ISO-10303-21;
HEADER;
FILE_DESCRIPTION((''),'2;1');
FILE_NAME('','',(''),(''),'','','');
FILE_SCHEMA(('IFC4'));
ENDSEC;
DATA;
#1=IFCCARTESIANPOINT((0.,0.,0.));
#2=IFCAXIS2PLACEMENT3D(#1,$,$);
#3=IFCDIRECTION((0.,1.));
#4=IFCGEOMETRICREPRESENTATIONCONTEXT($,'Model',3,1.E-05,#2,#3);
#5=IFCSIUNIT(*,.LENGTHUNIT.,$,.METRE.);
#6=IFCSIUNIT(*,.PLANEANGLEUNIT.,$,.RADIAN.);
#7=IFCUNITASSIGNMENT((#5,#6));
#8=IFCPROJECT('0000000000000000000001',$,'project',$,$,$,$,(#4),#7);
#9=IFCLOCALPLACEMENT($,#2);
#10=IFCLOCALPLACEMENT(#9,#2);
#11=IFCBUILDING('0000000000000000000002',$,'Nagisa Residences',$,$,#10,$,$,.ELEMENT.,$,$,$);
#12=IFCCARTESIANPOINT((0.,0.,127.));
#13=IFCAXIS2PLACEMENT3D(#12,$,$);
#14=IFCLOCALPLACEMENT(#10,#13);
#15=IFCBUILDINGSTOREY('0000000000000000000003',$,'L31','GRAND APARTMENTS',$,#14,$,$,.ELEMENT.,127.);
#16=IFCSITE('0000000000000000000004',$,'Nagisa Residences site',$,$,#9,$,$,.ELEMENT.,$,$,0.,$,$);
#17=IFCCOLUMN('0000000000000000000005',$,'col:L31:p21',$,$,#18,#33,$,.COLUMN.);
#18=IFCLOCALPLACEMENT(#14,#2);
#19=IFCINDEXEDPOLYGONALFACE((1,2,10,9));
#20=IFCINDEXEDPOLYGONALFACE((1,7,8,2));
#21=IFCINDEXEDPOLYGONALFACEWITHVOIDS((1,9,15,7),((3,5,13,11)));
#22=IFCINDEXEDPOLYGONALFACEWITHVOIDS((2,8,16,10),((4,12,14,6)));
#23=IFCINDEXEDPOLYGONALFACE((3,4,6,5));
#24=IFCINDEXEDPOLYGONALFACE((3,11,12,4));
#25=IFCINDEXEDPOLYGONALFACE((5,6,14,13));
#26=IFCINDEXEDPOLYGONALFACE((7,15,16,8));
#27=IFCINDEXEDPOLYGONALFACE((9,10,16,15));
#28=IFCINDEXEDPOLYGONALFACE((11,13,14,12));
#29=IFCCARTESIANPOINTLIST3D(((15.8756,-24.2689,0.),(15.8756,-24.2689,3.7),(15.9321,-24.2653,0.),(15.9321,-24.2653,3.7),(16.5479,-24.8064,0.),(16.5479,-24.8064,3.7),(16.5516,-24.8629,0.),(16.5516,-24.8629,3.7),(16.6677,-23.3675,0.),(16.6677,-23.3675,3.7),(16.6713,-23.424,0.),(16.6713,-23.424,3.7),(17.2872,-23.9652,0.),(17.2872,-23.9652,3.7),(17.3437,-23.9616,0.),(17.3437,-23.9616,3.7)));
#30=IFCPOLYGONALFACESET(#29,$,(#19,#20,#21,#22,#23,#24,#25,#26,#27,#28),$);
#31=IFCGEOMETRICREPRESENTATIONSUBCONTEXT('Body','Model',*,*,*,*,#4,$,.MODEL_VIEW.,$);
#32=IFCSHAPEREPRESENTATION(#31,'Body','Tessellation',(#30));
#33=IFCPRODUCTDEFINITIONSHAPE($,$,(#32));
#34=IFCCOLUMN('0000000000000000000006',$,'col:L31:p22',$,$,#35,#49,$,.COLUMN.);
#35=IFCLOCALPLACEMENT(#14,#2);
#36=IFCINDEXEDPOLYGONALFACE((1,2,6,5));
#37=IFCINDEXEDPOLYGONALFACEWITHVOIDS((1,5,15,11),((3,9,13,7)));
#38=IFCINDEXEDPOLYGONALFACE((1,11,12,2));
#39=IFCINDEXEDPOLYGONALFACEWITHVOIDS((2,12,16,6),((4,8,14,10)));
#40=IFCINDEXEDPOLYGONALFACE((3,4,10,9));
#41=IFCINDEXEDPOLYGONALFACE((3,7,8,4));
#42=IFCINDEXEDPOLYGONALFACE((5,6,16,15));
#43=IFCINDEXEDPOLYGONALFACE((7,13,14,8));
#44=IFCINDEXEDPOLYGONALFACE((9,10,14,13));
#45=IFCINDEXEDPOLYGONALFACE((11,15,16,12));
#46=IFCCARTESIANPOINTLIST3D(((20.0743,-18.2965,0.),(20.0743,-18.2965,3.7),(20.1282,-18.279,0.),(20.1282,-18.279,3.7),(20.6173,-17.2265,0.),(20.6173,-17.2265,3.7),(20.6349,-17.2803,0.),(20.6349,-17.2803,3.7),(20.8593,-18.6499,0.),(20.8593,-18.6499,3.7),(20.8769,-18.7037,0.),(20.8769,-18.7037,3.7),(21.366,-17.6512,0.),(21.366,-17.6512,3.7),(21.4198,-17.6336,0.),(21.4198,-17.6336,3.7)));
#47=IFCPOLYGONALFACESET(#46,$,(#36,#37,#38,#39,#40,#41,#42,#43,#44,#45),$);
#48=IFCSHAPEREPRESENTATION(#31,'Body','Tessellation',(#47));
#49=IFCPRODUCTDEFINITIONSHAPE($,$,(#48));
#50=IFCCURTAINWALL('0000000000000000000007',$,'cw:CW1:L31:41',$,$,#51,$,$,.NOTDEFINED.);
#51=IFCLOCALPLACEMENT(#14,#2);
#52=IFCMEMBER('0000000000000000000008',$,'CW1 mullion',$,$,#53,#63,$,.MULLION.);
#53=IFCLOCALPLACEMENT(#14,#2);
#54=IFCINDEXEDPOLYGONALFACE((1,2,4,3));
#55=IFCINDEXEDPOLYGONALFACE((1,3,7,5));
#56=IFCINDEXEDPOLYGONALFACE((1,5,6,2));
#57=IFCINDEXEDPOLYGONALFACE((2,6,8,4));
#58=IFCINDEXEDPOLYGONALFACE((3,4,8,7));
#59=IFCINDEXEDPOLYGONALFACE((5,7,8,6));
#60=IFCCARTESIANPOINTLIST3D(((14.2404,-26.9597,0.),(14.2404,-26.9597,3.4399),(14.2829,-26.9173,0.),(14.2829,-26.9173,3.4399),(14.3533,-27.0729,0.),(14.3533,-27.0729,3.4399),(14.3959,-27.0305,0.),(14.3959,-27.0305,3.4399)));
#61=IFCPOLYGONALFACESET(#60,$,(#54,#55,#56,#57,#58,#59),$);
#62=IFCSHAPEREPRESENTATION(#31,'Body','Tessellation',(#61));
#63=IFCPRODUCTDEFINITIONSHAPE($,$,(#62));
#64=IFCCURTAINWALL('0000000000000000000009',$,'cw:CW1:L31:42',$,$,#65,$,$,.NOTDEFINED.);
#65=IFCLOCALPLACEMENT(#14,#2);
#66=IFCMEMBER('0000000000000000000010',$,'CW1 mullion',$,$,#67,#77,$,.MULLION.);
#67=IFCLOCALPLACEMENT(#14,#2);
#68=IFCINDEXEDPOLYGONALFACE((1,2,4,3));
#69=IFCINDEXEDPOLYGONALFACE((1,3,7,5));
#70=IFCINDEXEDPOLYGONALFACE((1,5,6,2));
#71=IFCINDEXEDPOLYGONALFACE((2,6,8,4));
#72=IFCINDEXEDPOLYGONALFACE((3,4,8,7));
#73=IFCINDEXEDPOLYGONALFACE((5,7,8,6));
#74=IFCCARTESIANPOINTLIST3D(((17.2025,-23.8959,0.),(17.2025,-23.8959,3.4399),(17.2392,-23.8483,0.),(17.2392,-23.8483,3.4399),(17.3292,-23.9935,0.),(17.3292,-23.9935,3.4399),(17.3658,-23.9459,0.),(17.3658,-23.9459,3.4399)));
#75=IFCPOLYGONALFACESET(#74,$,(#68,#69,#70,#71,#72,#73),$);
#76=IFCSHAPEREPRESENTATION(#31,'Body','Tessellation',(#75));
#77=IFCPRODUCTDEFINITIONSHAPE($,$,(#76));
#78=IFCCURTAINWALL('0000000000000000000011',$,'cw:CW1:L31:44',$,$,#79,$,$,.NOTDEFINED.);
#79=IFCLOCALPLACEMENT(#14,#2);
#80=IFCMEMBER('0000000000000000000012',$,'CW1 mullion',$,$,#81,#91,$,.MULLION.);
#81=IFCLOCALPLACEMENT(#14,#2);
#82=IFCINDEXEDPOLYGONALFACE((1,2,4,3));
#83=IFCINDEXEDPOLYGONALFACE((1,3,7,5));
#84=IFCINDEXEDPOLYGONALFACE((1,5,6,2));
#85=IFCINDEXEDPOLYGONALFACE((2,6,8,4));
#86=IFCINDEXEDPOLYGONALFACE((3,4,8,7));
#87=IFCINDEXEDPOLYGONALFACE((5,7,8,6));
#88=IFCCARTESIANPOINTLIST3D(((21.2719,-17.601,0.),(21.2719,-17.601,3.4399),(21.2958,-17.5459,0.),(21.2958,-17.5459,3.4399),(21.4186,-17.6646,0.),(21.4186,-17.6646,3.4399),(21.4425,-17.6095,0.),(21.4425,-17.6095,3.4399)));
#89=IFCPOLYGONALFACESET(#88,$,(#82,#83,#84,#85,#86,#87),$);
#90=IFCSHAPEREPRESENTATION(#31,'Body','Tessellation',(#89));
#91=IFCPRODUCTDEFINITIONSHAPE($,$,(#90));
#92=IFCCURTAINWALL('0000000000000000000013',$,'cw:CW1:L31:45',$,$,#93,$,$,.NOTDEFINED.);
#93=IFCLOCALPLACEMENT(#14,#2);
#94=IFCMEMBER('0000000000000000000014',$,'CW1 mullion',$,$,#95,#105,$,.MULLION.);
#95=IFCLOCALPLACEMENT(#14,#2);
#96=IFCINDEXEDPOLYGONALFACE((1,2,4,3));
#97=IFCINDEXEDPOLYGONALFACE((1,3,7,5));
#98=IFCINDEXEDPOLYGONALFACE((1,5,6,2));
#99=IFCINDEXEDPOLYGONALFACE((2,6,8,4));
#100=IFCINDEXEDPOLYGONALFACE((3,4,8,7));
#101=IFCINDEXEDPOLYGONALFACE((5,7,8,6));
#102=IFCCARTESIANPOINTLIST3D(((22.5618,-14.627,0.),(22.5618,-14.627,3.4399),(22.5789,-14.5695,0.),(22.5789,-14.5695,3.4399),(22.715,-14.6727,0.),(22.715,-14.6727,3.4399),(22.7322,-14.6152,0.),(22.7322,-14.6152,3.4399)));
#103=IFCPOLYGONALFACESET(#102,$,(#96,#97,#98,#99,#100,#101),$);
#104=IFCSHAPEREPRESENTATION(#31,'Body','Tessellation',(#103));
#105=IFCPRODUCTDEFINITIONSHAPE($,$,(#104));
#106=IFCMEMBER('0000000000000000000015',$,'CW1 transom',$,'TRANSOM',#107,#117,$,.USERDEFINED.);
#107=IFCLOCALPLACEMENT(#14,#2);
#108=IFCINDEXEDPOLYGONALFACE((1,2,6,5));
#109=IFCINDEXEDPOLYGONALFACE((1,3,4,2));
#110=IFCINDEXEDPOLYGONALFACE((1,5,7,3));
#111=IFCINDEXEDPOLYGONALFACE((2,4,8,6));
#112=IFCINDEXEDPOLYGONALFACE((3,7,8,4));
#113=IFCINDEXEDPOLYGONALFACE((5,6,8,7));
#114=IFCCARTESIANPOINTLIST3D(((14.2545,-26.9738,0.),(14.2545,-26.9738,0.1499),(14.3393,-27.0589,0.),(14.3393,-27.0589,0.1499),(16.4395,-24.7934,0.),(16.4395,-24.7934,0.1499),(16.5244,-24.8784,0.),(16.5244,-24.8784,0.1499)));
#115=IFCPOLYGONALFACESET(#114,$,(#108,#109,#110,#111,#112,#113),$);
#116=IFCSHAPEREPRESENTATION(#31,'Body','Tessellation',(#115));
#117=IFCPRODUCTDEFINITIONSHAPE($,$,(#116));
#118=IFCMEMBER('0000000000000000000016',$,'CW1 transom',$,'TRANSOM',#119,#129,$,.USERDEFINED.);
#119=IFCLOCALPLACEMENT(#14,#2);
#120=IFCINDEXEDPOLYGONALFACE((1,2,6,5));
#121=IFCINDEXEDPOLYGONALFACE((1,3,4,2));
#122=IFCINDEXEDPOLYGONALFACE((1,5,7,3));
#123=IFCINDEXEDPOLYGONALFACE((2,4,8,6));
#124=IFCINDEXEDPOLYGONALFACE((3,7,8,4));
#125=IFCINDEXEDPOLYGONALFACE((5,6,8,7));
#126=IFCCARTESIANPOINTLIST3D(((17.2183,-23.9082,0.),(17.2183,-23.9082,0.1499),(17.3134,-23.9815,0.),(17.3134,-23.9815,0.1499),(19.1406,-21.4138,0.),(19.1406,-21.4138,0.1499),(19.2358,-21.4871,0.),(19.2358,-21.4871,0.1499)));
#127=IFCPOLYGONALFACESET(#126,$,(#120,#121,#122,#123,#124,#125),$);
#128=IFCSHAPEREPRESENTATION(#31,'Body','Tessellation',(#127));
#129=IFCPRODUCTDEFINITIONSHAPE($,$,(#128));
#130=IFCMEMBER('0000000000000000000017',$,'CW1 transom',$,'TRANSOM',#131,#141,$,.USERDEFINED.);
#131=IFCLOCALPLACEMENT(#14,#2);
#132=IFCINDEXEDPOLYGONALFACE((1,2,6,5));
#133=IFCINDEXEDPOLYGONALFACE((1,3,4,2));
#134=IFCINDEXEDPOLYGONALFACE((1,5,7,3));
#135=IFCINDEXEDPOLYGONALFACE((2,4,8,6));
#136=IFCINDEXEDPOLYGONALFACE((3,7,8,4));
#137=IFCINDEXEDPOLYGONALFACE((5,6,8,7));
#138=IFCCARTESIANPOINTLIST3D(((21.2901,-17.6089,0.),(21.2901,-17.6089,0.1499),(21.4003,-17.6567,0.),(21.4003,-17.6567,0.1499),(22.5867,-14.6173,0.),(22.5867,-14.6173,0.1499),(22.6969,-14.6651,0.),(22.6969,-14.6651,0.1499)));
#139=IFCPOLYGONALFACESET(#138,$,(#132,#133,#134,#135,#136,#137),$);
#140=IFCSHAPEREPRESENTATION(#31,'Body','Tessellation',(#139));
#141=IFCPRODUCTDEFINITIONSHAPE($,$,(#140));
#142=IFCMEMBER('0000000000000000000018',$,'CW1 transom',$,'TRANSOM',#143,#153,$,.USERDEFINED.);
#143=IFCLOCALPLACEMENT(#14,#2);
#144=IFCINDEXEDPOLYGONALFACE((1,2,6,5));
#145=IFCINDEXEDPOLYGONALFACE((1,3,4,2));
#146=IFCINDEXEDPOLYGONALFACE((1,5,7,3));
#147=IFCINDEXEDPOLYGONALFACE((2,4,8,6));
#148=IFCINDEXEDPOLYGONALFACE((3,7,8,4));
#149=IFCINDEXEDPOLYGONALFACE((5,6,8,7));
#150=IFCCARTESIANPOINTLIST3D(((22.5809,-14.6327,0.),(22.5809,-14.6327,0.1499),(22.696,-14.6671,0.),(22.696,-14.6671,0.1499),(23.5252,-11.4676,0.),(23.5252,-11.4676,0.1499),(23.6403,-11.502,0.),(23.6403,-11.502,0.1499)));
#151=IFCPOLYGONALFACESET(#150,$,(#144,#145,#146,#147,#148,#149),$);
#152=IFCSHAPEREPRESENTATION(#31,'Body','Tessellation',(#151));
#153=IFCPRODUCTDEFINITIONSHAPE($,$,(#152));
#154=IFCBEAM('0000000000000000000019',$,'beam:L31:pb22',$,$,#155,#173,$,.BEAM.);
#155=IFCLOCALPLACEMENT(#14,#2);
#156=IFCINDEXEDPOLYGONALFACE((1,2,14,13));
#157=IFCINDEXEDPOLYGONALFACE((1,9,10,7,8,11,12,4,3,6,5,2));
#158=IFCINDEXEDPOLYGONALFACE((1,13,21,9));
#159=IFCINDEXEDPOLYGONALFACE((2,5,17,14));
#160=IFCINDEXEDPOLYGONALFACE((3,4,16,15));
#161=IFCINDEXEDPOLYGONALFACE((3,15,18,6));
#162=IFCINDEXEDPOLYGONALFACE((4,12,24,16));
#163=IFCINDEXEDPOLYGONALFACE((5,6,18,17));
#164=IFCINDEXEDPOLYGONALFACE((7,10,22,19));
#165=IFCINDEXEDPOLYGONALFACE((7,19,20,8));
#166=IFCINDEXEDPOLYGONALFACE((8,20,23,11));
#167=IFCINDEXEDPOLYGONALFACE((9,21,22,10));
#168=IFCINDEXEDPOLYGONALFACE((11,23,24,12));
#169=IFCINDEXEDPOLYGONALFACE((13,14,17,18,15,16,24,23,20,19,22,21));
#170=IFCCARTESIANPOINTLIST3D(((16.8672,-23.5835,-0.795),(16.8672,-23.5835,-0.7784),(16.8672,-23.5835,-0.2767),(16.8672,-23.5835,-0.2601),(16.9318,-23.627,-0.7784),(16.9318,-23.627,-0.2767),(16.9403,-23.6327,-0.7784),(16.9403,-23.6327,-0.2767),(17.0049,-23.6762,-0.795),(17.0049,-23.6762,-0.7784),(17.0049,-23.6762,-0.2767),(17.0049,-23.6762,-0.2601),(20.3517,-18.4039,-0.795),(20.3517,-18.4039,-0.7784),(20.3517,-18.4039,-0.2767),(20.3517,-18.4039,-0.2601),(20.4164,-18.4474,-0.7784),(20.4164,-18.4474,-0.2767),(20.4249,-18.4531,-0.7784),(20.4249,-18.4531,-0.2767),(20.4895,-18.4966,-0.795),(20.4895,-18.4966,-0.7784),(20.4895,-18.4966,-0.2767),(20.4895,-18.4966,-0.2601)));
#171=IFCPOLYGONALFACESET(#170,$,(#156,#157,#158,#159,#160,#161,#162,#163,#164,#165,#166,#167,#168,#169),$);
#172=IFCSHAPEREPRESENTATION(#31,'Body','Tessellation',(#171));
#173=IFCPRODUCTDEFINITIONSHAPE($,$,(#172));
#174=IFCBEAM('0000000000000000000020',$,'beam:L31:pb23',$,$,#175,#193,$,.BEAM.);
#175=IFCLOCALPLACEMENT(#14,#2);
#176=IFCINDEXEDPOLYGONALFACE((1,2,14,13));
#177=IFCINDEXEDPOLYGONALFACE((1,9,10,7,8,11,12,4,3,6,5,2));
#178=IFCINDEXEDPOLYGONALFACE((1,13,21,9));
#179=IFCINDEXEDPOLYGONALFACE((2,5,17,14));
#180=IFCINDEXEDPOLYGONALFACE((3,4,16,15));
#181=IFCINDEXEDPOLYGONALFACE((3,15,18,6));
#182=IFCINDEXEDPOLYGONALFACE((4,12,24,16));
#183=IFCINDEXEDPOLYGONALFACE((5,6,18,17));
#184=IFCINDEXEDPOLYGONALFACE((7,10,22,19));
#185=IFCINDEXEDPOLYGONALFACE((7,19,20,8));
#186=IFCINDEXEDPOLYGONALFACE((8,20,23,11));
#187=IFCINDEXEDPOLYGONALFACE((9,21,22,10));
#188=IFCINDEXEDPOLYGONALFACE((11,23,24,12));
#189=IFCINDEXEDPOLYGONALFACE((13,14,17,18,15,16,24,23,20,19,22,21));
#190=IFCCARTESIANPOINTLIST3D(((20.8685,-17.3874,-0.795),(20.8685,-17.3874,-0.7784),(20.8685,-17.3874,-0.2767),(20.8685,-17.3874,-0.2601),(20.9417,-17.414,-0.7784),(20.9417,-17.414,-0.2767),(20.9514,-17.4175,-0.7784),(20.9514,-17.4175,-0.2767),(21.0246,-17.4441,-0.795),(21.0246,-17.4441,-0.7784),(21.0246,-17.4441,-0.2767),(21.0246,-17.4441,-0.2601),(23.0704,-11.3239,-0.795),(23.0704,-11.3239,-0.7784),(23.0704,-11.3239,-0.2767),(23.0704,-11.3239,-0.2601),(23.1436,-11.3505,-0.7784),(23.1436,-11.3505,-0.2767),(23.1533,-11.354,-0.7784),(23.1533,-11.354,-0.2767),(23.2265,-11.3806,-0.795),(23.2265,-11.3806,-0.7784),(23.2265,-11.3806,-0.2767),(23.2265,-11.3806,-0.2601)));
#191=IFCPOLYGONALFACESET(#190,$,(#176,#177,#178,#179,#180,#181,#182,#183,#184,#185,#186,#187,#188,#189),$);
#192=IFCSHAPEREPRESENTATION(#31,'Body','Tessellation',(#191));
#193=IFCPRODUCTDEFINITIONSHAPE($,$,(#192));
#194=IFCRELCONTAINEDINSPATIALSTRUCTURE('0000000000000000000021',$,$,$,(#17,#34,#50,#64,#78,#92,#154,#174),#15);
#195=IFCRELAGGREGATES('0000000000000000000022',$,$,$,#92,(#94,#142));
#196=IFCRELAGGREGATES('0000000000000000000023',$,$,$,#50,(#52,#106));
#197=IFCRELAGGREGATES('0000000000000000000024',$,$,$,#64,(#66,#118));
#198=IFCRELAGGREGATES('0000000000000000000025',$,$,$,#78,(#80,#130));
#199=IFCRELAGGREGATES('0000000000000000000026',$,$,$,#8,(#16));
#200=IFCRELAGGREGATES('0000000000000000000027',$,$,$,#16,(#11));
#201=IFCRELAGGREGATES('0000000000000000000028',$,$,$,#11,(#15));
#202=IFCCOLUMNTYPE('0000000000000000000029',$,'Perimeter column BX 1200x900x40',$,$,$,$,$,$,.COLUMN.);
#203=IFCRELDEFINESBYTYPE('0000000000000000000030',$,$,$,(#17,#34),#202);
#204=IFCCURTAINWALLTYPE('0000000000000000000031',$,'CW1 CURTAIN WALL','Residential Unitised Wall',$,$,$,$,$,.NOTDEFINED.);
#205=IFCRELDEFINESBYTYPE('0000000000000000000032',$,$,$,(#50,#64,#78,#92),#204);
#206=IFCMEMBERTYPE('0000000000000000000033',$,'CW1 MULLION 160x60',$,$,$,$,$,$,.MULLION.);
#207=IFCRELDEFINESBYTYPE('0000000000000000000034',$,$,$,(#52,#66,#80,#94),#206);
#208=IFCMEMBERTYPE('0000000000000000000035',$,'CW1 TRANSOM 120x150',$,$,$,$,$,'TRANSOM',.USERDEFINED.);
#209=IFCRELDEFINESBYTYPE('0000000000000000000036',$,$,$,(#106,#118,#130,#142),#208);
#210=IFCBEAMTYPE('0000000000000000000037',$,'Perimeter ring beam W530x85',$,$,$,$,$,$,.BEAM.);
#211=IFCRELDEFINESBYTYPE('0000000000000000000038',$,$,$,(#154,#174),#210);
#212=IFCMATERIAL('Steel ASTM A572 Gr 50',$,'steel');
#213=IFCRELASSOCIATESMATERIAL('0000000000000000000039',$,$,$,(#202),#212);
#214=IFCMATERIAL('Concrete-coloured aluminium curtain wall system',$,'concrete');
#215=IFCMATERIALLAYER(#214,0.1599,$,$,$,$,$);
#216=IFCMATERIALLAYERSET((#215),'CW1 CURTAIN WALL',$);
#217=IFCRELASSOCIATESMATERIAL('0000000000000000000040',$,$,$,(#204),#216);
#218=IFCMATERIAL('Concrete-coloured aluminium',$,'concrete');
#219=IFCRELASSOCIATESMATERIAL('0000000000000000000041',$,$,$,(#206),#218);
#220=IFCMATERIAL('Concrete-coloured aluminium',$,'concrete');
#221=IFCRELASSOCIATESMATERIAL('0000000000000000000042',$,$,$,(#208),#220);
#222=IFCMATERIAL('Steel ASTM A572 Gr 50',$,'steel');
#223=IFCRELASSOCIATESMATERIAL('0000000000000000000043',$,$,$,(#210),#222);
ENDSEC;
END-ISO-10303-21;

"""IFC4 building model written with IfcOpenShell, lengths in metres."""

from ifc_helpers import new_model, si_unit, direction, frame, origin, origin_2d, place, context, subcontext, project, spatial, rectangle, hollow_rectangle, i_section, extrude, material, layer, layer_set, material_profile, profile_set, type_object, element, aggregate, save


model = new_model("IFC4")

# Units and contexts
model_context = context("Model", 3, precision=1e-05, world=origin(), true_north=direction((0.0, 1.0)))
body_context = subcontext(model_context, "Body", "Model", "MODEL_VIEW")
ifc_project = project(units=[si_unit("LENGTHUNIT", "METRE"), si_unit("PLANEANGLEUNIT", "RADIAN")], contexts=[model_context])

# Site, building, storey
site_placement = place(None, origin())
site = spatial("IfcSite", under=ifc_project, at=site_placement, Name="Nagisa Residences site", CompositionType="ELEMENT", RefElevation=0.0)
building_placement = place(site_placement, origin())
building = spatial("IfcBuilding", under=site, at=building_placement, Name="Nagisa Residences", CompositionType="ELEMENT")
storey_placement = place(building_placement, frame((0.0, 0.0, 127.0)))
storey = spatial("IfcBuildingStorey", under=building, at=storey_placement, Name="L31", Description="GRAND APARTMENTS", CompositionType="ELEMENT", Elevation=127.0)

# Columns
ifc_material_1 = material(Name="Steel ASTM A572 Gr 50", Category="steel")
ifc_material_profile_1 = material_profile(ifc_material_1, hollow_rectangle(XDim=1.2, YDim=0.8999, WallThickness=0.04, at=origin_2d()), Name="BX 1200x900x40")
ifc_profile_set_1 = profile_set([ifc_material_profile_1], Name="Steel ASTM A572 Gr 50")
column_type = type_object("IfcColumnType", Name="Perimeter column BX 1200x900x40", PredefinedType="COLUMN", material=ifc_profile_set_1)
for number, where, z_axis, x_axis, name in (
    (1, (16.6096, -24.1152, 0.0), (0.0, 0.0, 1.0), (0.660115, 0.751165, 0.0), "col:L31:p21"),
    (2, (20.7471, -17.9651, 0.0), (0.0, 0.0, 1.0), (0.452463, 0.891783, 0.0), "col:L31:p22"),
):
    element("IfcColumn", number, at=place(storey_placement, frame(where, z_axis=z_axis, x_axis=x_axis)), inside=storey, type_object=column_type, Name=name, PredefinedType="COLUMN", context=body_context, shape_type="SweptSolid", body=[
        extrude(hollow_rectangle(XDim=1.2, YDim=0.8999, WallThickness=0.04, at=origin_2d()), origin(), (0.0, 0.0, 1.0), 3.7),
    ])

# Curtain walls, members
ifc_material_2 = material(Name="Concrete-coloured aluminium curtain wall system", Category="concrete")
ifc_layer_1 = layer(ifc_material_2, 0.1599)
ifc_layer_set_1 = layer_set([ifc_layer_1], Name="CW1 CURTAIN WALL")
curtain_wall_type = type_object("IfcCurtainWallType", Name="CW1 CURTAIN WALL", Description="Residential Unitised Wall", PredefinedType="NOTDEFINED", material=ifc_layer_set_1)
curtain_wall_1_placement = place(storey_placement, origin())
curtain_wall_1 = element("IfcCurtainWall", 3, at=curtain_wall_1_placement, inside=storey, type_object=curtain_wall_type, Name="cw:CW1:L31:41", PredefinedType="NOTDEFINED")
ifc_material_3 = material(Name="Concrete-coloured aluminium", Category="concrete")
ifc_material_profile_2 = material_profile(ifc_material_3, rectangle(XDim=0.1599, YDim=0.0601, at=origin_2d()), Name="CW1 MULLION 160x60")
ifc_profile_set_2 = profile_set([ifc_material_profile_2], Name="Concrete-coloured aluminium")
member_type_1 = type_object("IfcMemberType", Name="CW1 MULLION 160x60", PredefinedType="MULLION", material=ifc_profile_set_2)
member_1_placement = place(storey_placement, frame((14.3181, -26.9951, 0.0), z_axis=(0.0, 0.0, 1.0), x_axis=(-0.706377, 0.707836, 0.0)))
member_1 = element("IfcMember", 4, at=member_1_placement, type_object=member_type_1, Name="CW1 mullion", PredefinedType="MULLION", context=body_context, shape_type="SweptSolid", body=[
    extrude(rectangle(XDim=0.1599, YDim=0.0601, at=origin_2d()), origin(), (0.0, 0.0, 1.0), 3.4399),
])
curtain_wall_2_placement = place(storey_placement, origin())
curtain_wall_2 = element("IfcCurtainWall", 5, at=curtain_wall_2_placement, inside=storey, type_object=curtain_wall_type, Name="cw:CW1:L31:42", PredefinedType="NOTDEFINED")
member_2_placement = place(storey_placement, frame((17.2842, -23.9209, 0.0), z_axis=(0.0, 0.0, 1.0), x_axis=(-0.79207, 0.61043, 0.0)))
member_2 = element("IfcMember", 6, at=member_2_placement, type_object=member_type_1, Name="CW1 mullion", PredefinedType="MULLION", context=body_context, shape_type="SweptSolid", body=[
    extrude(rectangle(XDim=0.1599, YDim=0.0601, at=origin_2d()), origin(), (0.0, 0.0, 1.0), 3.4399),
])
curtain_wall_3_placement = place(storey_placement, origin())
curtain_wall_3 = element("IfcCurtainWall", 7, at=curtain_wall_3_placement, inside=storey, type_object=curtain_wall_type, Name="cw:CW1:L31:44", PredefinedType="NOTDEFINED")
member_3_placement = place(storey_placement, frame((21.3572, -17.6052, 0.0), z_axis=(0.0, 0.0, 1.0), x_axis=(-0.917543, 0.397636, 0.0)))
member_3 = element("IfcMember", 8, at=member_3_placement, type_object=member_type_1, Name="CW1 mullion", PredefinedType="MULLION", context=body_context, shape_type="SweptSolid", body=[
    extrude(rectangle(XDim=0.1599, YDim=0.0601, at=origin_2d()), origin(), (0.0, 0.0, 1.0), 3.4399),
])
curtain_wall_4_placement = place(storey_placement, origin())
curtain_wall_4 = element("IfcCurtainWall", 9, at=curtain_wall_4_placement, inside=storey, type_object=curtain_wall_type, Name="cw:CW1:L31:45", PredefinedType="NOTDEFINED")
member_4_placement = place(storey_placement, frame((22.647, -14.6211, 0.0), z_axis=(0.0, 0.0, 1.0), x_axis=(-0.958271, 0.28586, 0.0)))
member_4 = element("IfcMember", 10, at=member_4_placement, type_object=member_type_1, Name="CW1 mullion", PredefinedType="MULLION", context=body_context, shape_type="SweptSolid", body=[
    extrude(rectangle(XDim=0.1599, YDim=0.0601, at=origin_2d()), origin(), (0.0, 0.0, 1.0), 3.4399),
])

# Members
ifc_material_4 = material(Name="Concrete-coloured aluminium", Category="concrete")
ifc_material_profile_3 = material_profile(ifc_material_4, rectangle(XDim=0.1201, YDim=0.1499, at=origin_2d()), Name="CW1 TRANSOM 120x150")
ifc_profile_set_3 = profile_set([ifc_material_profile_3], Name="Concrete-coloured aluminium")
member_type_2 = type_object("IfcMemberType", Name="CW1 TRANSOM 120x150", ElementType="TRANSOM", PredefinedType="USERDEFINED", material=ifc_profile_set_3)
member_5_placement = place(storey_placement, frame((14.2969, -27.0164, 0.075), z_axis=(0.707858, 0.706355, 0.0), x_axis=(-0.706355, 0.707858, 0.0)))
member_5 = element("IfcMember", 11, at=member_5_placement, type_object=member_type_2, Name="CW1 transom", ObjectType="TRANSOM", PredefinedType="USERDEFINED", context=body_context, shape_type="SweptSolid", body=[
    extrude(rectangle(XDim=0.1201, YDim=0.1499, at=origin_2d()), origin(), (0.0, 0.0, 1.0), 3.0869),
])
member_6_placement = place(storey_placement, frame((17.2659, -23.9448, 0.075), z_axis=(0.61043, 0.79207, 0.0), x_axis=(-0.79207, 0.61043, 0.0)))
member_6 = element("IfcMember", 12, at=member_6_placement, type_object=member_type_2, Name="CW1 transom", ObjectType="TRANSOM", PredefinedType="USERDEFINED", context=body_context, shape_type="SweptSolid", body=[
    extrude(rectangle(XDim=0.1201, YDim=0.1499, at=origin_2d()), origin(), (0.0, 0.0, 1.0), 3.1492),
])
member_7_placement = place(storey_placement, frame((21.3452, -17.6328, 0.075), z_axis=(0.397666, 0.91753, 0.0), x_axis=(-0.91753, 0.397666, 0.0)))
member_7 = element("IfcMember", 13, at=member_7_placement, type_object=member_type_2, Name="CW1 transom", ObjectType="TRANSOM", PredefinedType="USERDEFINED", context=body_context, shape_type="SweptSolid", body=[
    extrude(rectangle(XDim=0.1201, YDim=0.1499, at=origin_2d()), origin(), (0.0, 0.0, 1.0), 3.2605),
])
member_8_placement = place(storey_placement, frame((22.6384, -14.6499, 0.075), z_axis=(0.28591, 0.958257, 0.0), x_axis=(-0.958257, 0.28591, 0.0)))
member_8 = element("IfcMember", 14, at=member_8_placement, type_object=member_type_2, Name="CW1 transom", ObjectType="TRANSOM", PredefinedType="USERDEFINED", context=body_context, shape_type="SweptSolid", body=[
    extrude(rectangle(XDim=0.1201, YDim=0.1499, at=origin_2d()), origin(), (0.0, 0.0, 1.0), 3.303),
])
aggregate(curtain_wall_4, [member_4, member_8])

# Beams
ifc_material_5 = material(Name="Steel ASTM A572 Gr 50", Category="steel")
ifc_material_profile_4 = material_profile(ifc_material_5, i_section(OverallWidth=0.166, OverallDepth=0.5349, WebThickness=0.0103, FlangeThickness=0.0166, at=origin_2d()), Name="W530x85")
ifc_profile_set_4 = profile_set([ifc_material_profile_4], Name="Steel ASTM A572 Gr 50")
beam_type_1 = type_object("IfcBeamType", Name="Perimeter ring beam W530x85", PredefinedType="BEAM", material=ifc_profile_set_4)
beam_1_placement = place(storey_placement, frame((16.936, -23.6299, -0.5276), z_axis=(0.558188, 0.829715, 0.0), x_axis=(-0.829715, 0.558188, 0.0)))
element("IfcBeam", 15, at=beam_1_placement, inside=storey, type_object=beam_type_1, Name="beam:L31:pb22", PredefinedType="BEAM", context=body_context, shape_type="SweptSolid", body=[
    extrude(i_section(OverallWidth=0.166, OverallDepth=0.5349, WebThickness=0.0103, FlangeThickness=0.0166, at=origin_2d()), origin(), (0.0, 0.0, 1.0), 6.2427),
])
beam_2_placement = place(storey_placement, frame((20.9465, -17.4158, -0.5276), z_axis=(0.341333, 0.939943, 0.0), x_axis=(-0.939943, 0.341333, 0.0)))
element("IfcBeam", 16, at=beam_2_placement, inside=storey, type_object=beam_type_1, Name="beam:L31:pb23", PredefinedType="BEAM", context=body_context, shape_type="SweptSolid", body=[
    extrude(i_section(OverallWidth=0.166, OverallDepth=0.5349, WebThickness=0.0103, FlangeThickness=0.0166, at=origin_2d()), origin(), (0.0, 0.0, 1.0), 6.4509),
])

aggregate(curtain_wall_1, [member_1, member_5])
aggregate(curtain_wall_2, [member_2, member_6])
aggregate(curtain_wall_3, [member_3, member_7])

save(model, "model.ifc")
